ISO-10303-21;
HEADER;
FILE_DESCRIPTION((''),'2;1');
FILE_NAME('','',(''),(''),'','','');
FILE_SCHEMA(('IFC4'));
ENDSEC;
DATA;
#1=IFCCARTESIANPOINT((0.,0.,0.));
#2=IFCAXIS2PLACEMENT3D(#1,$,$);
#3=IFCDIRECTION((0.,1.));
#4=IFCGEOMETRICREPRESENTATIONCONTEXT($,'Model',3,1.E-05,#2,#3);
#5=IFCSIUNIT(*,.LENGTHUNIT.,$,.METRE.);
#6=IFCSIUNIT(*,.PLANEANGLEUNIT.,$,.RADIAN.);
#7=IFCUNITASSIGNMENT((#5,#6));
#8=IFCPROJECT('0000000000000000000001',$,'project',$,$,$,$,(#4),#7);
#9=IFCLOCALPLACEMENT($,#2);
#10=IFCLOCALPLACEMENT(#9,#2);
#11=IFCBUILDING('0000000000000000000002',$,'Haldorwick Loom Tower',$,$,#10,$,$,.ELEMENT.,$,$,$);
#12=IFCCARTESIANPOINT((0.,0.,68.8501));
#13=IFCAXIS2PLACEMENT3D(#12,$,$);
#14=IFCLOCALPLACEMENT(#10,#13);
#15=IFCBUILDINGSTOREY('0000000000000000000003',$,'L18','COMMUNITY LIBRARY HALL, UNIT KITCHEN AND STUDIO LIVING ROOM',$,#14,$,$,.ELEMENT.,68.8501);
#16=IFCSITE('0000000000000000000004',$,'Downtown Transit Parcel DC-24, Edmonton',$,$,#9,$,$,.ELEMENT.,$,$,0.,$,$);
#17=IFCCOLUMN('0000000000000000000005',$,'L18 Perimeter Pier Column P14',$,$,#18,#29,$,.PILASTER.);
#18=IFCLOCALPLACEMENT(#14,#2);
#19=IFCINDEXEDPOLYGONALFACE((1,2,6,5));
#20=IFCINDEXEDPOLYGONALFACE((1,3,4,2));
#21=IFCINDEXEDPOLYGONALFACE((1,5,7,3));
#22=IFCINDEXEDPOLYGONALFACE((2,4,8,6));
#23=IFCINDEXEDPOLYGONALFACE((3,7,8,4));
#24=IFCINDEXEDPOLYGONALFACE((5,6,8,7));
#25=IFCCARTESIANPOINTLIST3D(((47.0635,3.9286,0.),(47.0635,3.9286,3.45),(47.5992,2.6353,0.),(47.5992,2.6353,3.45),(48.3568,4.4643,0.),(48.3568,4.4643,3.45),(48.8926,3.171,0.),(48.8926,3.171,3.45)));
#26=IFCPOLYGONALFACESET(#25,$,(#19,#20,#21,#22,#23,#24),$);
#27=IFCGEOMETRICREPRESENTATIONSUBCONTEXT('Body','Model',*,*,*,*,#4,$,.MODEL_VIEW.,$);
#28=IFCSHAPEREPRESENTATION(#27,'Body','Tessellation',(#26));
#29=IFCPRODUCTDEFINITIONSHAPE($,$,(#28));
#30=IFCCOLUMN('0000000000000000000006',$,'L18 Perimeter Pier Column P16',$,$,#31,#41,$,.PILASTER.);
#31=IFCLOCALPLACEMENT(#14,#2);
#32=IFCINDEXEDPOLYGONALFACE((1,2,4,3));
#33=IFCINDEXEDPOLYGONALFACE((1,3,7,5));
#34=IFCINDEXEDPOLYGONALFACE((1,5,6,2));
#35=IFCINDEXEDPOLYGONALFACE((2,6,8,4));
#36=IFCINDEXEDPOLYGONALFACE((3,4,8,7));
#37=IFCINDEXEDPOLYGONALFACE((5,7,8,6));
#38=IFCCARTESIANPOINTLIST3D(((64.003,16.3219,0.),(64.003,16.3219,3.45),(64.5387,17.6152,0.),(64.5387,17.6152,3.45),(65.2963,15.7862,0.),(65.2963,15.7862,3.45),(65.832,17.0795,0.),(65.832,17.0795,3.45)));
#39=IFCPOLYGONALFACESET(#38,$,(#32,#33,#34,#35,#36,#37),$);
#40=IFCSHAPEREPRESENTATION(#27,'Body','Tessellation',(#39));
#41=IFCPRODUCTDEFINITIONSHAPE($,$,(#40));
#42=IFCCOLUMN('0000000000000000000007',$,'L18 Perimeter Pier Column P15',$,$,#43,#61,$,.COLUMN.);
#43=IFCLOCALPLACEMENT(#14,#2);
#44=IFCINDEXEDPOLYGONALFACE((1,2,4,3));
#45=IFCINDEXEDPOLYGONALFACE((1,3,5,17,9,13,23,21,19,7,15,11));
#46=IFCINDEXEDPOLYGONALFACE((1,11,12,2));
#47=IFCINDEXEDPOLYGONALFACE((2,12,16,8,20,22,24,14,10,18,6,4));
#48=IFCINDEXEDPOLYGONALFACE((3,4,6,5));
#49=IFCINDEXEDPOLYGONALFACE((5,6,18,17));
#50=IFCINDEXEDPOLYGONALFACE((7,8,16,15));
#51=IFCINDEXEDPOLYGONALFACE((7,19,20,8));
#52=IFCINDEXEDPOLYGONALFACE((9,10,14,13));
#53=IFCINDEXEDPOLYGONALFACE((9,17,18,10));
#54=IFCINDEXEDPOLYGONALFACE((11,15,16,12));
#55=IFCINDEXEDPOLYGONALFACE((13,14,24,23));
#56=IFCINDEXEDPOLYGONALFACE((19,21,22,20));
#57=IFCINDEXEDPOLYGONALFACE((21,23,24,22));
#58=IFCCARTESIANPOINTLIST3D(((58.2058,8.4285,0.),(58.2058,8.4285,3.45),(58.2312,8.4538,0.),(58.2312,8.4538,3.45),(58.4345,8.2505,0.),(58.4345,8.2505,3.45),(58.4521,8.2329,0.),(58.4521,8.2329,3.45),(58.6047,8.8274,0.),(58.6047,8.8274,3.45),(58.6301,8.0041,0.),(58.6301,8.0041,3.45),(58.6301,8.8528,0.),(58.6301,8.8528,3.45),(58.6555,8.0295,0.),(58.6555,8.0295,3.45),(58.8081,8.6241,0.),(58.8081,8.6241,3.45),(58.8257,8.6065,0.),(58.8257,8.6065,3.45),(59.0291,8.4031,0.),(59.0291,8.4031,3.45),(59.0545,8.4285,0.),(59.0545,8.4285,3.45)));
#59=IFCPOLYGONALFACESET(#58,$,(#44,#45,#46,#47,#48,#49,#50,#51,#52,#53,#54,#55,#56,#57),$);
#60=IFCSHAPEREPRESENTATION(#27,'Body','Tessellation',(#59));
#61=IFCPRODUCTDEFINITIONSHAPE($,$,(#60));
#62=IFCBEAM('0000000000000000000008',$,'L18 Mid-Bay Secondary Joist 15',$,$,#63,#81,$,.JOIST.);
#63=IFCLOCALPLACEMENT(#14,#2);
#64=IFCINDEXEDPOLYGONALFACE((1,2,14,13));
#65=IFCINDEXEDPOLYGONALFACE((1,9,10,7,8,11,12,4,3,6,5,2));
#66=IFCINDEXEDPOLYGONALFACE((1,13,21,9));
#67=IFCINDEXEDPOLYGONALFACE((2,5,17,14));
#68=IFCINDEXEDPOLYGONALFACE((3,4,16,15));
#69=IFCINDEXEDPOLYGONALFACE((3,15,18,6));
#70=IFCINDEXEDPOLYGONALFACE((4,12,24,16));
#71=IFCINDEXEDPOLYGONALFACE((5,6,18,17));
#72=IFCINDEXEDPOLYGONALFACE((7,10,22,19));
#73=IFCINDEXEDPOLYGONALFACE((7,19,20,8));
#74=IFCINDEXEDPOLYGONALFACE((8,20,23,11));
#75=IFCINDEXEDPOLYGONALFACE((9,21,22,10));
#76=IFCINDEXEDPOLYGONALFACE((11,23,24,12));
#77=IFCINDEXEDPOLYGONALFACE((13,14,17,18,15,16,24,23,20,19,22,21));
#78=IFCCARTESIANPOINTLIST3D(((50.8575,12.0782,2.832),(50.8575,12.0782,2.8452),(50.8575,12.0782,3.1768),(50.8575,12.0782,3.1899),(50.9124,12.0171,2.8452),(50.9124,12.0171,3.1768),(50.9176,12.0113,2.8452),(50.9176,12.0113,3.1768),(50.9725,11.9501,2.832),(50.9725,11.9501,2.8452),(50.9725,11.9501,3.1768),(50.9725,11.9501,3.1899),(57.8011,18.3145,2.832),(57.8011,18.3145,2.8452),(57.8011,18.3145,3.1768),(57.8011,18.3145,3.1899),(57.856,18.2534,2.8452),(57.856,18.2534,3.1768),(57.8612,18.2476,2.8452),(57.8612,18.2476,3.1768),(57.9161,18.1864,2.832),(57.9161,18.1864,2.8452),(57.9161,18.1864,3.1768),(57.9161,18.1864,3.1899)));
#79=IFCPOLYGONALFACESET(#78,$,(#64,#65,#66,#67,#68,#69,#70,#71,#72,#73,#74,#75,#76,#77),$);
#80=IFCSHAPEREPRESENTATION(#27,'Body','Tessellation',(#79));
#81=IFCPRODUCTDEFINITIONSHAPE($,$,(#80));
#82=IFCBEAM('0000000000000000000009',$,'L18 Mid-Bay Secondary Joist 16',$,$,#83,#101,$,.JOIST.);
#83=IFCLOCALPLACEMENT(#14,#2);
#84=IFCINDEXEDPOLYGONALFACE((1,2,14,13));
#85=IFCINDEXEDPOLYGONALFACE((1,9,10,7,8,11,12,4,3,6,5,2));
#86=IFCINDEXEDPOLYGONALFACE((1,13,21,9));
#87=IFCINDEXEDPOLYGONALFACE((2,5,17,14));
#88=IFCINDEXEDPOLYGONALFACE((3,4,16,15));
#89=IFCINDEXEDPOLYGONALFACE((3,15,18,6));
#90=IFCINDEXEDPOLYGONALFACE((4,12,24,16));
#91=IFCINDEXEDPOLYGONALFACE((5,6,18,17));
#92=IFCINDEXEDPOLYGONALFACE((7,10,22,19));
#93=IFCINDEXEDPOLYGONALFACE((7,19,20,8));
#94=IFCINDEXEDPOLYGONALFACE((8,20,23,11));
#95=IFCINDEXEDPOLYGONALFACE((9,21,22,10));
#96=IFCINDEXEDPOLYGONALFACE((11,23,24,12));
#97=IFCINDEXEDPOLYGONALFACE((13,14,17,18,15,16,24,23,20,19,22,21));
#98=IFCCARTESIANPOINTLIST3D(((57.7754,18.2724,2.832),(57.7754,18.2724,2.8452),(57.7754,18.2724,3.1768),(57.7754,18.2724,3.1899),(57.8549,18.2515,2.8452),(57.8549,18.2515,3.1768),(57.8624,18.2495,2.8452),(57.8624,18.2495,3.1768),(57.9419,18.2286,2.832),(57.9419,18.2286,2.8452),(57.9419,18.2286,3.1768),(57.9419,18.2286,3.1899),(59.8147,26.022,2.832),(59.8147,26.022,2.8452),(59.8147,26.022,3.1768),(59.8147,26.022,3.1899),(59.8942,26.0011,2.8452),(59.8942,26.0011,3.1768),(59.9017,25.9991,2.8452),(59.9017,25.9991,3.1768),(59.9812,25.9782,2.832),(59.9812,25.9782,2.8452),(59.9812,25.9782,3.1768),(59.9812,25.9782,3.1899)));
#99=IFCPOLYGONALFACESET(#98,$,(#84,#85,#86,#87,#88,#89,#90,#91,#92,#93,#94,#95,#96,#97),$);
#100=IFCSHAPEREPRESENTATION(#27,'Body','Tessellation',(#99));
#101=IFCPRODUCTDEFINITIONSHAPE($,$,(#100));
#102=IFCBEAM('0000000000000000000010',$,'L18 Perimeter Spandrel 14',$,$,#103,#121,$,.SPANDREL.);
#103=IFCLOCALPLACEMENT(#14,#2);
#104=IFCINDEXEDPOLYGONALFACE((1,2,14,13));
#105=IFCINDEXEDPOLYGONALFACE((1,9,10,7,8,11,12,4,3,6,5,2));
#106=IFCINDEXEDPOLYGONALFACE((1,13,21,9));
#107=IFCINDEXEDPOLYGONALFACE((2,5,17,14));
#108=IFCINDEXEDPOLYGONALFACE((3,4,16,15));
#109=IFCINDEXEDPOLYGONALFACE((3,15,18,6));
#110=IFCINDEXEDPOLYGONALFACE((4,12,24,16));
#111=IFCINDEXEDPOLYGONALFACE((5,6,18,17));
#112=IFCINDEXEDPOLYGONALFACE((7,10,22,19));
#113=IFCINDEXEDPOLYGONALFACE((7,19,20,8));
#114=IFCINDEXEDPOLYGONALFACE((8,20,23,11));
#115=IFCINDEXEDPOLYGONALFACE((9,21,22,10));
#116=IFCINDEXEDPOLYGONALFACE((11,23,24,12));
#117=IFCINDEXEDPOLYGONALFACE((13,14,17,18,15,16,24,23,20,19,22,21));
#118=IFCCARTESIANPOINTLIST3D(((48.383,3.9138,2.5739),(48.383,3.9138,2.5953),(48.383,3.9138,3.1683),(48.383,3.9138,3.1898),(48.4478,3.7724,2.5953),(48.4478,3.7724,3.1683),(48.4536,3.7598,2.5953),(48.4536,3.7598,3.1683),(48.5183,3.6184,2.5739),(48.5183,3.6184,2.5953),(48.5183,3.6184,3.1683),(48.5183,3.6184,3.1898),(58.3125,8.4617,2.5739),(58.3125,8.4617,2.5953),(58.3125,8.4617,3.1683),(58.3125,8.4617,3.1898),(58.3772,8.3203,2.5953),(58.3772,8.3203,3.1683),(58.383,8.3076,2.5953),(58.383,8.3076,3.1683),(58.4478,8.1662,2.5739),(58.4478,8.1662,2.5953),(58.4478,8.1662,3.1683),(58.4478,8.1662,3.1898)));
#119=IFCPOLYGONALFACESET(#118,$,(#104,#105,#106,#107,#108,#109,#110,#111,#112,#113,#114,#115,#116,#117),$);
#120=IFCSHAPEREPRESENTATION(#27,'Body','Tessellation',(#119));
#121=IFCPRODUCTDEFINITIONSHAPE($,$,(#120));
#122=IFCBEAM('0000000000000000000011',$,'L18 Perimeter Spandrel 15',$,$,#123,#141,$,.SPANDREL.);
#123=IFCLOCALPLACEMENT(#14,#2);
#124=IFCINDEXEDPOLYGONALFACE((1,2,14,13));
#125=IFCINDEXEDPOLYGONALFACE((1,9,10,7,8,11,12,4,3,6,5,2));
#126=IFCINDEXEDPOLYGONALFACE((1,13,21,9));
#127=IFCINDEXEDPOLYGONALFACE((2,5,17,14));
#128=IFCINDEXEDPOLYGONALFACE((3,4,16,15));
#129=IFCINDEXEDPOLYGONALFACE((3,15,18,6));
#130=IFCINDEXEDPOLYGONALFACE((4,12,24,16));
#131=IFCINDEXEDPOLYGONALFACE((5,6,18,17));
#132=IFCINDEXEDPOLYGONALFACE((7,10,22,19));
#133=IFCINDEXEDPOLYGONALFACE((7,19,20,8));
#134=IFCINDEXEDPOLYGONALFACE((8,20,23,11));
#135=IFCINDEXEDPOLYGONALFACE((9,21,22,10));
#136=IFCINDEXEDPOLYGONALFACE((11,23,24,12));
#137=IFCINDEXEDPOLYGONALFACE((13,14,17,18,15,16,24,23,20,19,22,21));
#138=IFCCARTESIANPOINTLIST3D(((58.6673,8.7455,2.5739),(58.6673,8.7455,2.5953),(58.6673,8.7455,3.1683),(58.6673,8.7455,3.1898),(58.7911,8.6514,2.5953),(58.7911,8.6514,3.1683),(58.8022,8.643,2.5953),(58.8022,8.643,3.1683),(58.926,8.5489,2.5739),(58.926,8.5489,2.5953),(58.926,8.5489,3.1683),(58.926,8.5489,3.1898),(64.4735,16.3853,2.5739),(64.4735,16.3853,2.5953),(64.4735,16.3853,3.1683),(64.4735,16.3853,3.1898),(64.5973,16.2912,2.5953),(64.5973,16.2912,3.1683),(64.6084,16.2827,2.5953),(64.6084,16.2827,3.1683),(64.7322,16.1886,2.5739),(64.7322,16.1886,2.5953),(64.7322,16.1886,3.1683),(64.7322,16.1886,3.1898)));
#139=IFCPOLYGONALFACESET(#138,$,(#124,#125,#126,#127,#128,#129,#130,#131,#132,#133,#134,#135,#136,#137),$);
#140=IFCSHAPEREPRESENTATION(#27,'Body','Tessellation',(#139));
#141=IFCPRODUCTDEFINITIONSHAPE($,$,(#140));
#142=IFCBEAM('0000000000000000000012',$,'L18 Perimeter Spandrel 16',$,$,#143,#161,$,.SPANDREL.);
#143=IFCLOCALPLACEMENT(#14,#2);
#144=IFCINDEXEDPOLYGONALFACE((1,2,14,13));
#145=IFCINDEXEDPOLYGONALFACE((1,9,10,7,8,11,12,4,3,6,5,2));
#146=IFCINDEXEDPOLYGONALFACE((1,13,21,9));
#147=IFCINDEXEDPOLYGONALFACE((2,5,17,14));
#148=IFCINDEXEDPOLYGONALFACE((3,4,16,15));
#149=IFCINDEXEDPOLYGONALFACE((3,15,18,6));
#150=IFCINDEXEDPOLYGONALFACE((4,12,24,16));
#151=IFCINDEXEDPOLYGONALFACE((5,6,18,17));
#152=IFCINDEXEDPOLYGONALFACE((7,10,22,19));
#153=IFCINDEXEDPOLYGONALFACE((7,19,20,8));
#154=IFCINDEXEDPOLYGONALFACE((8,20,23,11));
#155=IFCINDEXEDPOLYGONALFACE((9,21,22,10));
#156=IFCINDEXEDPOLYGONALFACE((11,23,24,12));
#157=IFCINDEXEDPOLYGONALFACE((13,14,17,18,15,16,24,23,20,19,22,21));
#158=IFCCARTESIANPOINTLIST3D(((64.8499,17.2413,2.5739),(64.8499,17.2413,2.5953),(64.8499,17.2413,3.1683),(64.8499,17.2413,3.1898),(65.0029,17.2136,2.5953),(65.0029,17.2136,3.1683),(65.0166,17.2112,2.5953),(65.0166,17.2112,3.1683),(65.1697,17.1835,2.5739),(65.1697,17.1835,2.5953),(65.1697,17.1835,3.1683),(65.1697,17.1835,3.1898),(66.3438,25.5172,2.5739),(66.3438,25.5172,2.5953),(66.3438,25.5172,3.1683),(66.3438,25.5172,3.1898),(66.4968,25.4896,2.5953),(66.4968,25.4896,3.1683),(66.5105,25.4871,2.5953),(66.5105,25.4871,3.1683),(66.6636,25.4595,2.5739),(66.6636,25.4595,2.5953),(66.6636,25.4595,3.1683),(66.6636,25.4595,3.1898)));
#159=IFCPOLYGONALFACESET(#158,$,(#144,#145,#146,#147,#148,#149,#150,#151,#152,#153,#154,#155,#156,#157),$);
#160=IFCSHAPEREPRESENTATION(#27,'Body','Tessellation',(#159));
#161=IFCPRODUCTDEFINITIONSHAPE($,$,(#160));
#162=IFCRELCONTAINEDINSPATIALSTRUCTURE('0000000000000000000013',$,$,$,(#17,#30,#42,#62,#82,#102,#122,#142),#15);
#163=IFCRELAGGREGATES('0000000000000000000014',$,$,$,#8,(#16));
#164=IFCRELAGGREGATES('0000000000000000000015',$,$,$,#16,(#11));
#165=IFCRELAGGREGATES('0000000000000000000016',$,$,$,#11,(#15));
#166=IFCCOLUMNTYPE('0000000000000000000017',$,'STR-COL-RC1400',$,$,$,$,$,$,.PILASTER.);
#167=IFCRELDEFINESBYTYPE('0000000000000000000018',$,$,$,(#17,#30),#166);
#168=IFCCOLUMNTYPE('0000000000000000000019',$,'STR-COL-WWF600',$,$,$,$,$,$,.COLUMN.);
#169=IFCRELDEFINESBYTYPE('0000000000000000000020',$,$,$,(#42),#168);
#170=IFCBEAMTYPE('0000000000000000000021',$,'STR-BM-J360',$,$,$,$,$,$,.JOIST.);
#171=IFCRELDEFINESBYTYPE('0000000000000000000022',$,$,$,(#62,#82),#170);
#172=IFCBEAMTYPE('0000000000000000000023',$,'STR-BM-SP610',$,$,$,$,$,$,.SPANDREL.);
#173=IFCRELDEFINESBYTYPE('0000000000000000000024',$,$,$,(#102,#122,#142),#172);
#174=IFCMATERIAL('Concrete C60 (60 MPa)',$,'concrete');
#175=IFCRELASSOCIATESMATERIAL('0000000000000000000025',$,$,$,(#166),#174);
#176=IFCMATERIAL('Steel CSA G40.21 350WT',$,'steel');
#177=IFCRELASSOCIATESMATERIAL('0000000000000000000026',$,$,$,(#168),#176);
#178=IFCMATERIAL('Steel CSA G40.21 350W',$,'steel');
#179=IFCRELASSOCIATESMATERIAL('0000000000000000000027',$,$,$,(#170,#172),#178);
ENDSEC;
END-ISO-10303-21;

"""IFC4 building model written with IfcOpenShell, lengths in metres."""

from ifc_helpers import new_model, si_unit, direction, frame, origin, origin_2d, place, context, subcontext, project, spatial, rectangle, i_section, extrude, material, material_profile, profile_set, type_object, element, save


model = new_model("IFC4")

# Units and contexts
model_context = context("Model", 3, precision=1e-05, world=origin(), true_north=direction((0.0, 1.0)))
body_context = subcontext(model_context, "Body", "Model", "MODEL_VIEW")
ifc_project = project(units=[si_unit("LENGTHUNIT", "METRE"), si_unit("PLANEANGLEUNIT", "RADIAN")], contexts=[model_context])

# Site, building, storey
site_placement = place(None, origin())
site = spatial("IfcSite", under=ifc_project, at=site_placement, Name="Downtown Transit Parcel DC-24, Edmonton", CompositionType="ELEMENT", RefElevation=0.0)
building_placement = place(site_placement, origin())
building = spatial("IfcBuilding", under=site, at=building_placement, Name="Haldorwick Loom Tower", CompositionType="ELEMENT")
storey_placement = place(building_placement, frame((0.0, 0.0, 68.8501)))
storey = spatial("IfcBuildingStorey", under=building, at=storey_placement, Name="L18", Description="COMMUNITY LIBRARY HALL, UNIT KITCHEN AND STUDIO LIVING ROOM", CompositionType="ELEMENT", Elevation=68.8501)

# Columns
ifc_material_1 = material(Name="Concrete C60 (60 MPa)", Category="concrete")
ifc_material_profile_1 = material_profile(ifc_material_1, rectangle(XDim=1.3999, YDim=1.3999, at=origin_2d()), Name="RC1400X1400", Category="concrete")
ifc_profile_set_1 = profile_set([ifc_material_profile_1], Name="Concrete C60 (60 MPa)")
column_type_1 = type_object("IfcColumnType", Name="STR-COL-RC1400", PredefinedType="PILASTER", material=ifc_profile_set_1)
for number, where, z_axis, x_axis, name in (
    (1, (47.978, 3.5498, 0.0), (0.0, 0.0, 1.0), (0.382683, -0.92388, 0.0), "L18 Perimeter Pier Column P14"),
    (2, (64.9175, 16.7007, 0.0), (0.0, 0.0, 1.0), (0.92388, -0.382683, 0.0), "L18 Perimeter Pier Column P16"),
):
    element("IfcColumn", number, at=place(storey_placement, frame(where, z_axis=z_axis, x_axis=x_axis)), inside=storey, type_object=column_type_1, Name=name, PredefinedType="PILASTER", context=body_context, shape_type="SweptSolid", body=[
        extrude(rectangle(XDim=1.3999, YDim=1.3999, at=origin_2d()), origin(), (0.0, 0.0, 1.0), 3.45),
    ])
ifc_material_2 = material(Name="Steel CSA G40.21 350WT", Category="steel")
ifc_material_profile_2 = material_profile(ifc_material_2, i_section(OverallWidth=0.6001, OverallDepth=0.6001, WebThickness=0.0249, FlangeThickness=0.0359, at=origin_2d()), Name="WWF600X600", Category="steel")
ifc_profile_set_2 = profile_set([ifc_material_profile_2], Name="Steel CSA G40.21 350WT")
column_type_2 = type_object("IfcColumnType", Name="STR-COL-WWF600", PredefinedType="COLUMN", material=ifc_profile_set_2)
column_placement = place(storey_placement, frame((58.6301, 8.4285, 0.0), z_axis=(0.0, 0.0, 1.0), x_axis=(0.707107, -0.707107, 0.0)))
element("IfcColumn", 3, at=column_placement, inside=storey, type_object=column_type_2, Name="L18 Perimeter Pier Column P15", PredefinedType="COLUMN", context=body_context, shape_type="SweptSolid", body=[
    extrude(i_section(OverallWidth=0.6001, OverallDepth=0.6001, WebThickness=0.0249, FlangeThickness=0.0359, at=origin_2d()), origin(), (0.0, 0.0, 1.0), 3.45),
])

# Beams
ifc_material_3 = material(Name="Steel CSA G40.21 350W", Category="steel")
ifc_material_profile_3 = material_profile(ifc_material_3, i_section(OverallWidth=0.1721, OverallDepth=0.3579, WebThickness=0.0078, FlangeThickness=0.0132, at=origin_2d()), Name="W360X57", Category="steel")
ifc_profile_set_3 = profile_set([ifc_material_profile_3], Name="Steel CSA G40.21 350W")
beam_type_1 = type_object("IfcBeamType", Name="STR-BM-J360", PredefinedType="JOIST", material=ifc_profile_set_3)
beam_1_placement = place(storey_placement, frame((50.915, 12.0142, 3.011), z_axis=(0.743982, 0.6682, 0.0), x_axis=(-0.6682, 0.743982, 0.0)))
element("IfcBeam", 4, at=beam_1_placement, inside=storey, type_object=beam_type_1, Name="L18 Mid-Bay Secondary Joist 15", PredefinedType="JOIST", context=body_context, shape_type="SweptSolid", body=[
    extrude(i_section(OverallWidth=0.1721, OverallDepth=0.3579, WebThickness=0.0078, FlangeThickness=0.0132, at=origin_2d()), origin(), (0.0, 0.0, 1.0), 9.333),
])
beam_2_placement = place(storey_placement, frame((57.8586, 18.2505, 3.011), z_axis=(0.254489, 0.967076, 0.0), x_axis=(-0.967076, 0.254489, 0.0)))
element("IfcBeam", 5, at=beam_2_placement, inside=storey, type_object=beam_type_1, Name="L18 Mid-Bay Secondary Joist 16", PredefinedType="JOIST", context=body_context, shape_type="SweptSolid", body=[
    extrude(i_section(OverallWidth=0.1721, OverallDepth=0.3579, WebThickness=0.0078, FlangeThickness=0.0132, at=origin_2d()), origin(), (0.0, 0.0, 1.0), 8.0134),
])
ifc_material_profile_4 = material_profile(ifc_material_3, i_section(OverallWidth=0.325, OverallDepth=0.616, WebThickness=0.0139, FlangeThickness=0.0215, at=origin_2d()), Name="W610X174", Category="steel")
ifc_profile_set_4 = profile_set([ifc_material_profile_4], Name="Steel CSA G40.21 350W")
beam_type_2 = type_object("IfcBeamType", Name="STR-BM-SP610", PredefinedType="SPANDREL", material=ifc_profile_set_4)
beam_3_placement = place(storey_placement, frame((48.4507, 3.7661, 2.8818), z_axis=(0.909174, 0.416417, 0.0), x_axis=(-0.416417, 0.909174, 0.0)))
element("IfcBeam", 6, at=beam_3_placement, inside=storey, type_object=beam_type_2, Name="L18 Perimeter Spandrel 14", PredefinedType="SPANDREL", context=body_context, shape_type="SweptSolid", body=[
    extrude(i_section(OverallWidth=0.325, OverallDepth=0.616, WebThickness=0.0139, FlangeThickness=0.0215, at=origin_2d()), origin(), (0.0, 0.0, 1.0), 10.9214),
])
beam_4_placement = place(storey_placement, frame((58.7966, 8.6472, 2.8818), z_axis=(0.605085, 0.796161, 0.0), x_axis=(-0.796161, 0.605085, 0.0)))
element("IfcBeam", 7, at=beam_4_placement, inside=storey, type_object=beam_type_2, Name="L18 Perimeter Spandrel 15", PredefinedType="SPANDREL", context=body_context, shape_type="SweptSolid", body=[
    extrude(i_section(OverallWidth=0.325, OverallDepth=0.616, WebThickness=0.0139, FlangeThickness=0.0215, at=origin_2d()), origin(), (0.0, 0.0, 1.0), 9.5957),
])
beam_5_placement = place(storey_placement, frame((65.0098, 17.2124, 2.8818), z_axis=(0.177641, 0.984095, 0.0), x_axis=(-0.984095, 0.177641, 0.0)))
element("IfcBeam", 8, at=beam_5_placement, inside=storey, type_object=beam_type_2, Name="L18 Perimeter Spandrel 16", PredefinedType="SPANDREL", context=body_context, shape_type="SweptSolid", body=[
    extrude(i_section(OverallWidth=0.325, OverallDepth=0.616, WebThickness=0.0139, FlangeThickness=0.0215, at=origin_2d()), origin(), (0.0, 0.0, 1.0), 8.4097),
])

save(model, "model.ifc")
